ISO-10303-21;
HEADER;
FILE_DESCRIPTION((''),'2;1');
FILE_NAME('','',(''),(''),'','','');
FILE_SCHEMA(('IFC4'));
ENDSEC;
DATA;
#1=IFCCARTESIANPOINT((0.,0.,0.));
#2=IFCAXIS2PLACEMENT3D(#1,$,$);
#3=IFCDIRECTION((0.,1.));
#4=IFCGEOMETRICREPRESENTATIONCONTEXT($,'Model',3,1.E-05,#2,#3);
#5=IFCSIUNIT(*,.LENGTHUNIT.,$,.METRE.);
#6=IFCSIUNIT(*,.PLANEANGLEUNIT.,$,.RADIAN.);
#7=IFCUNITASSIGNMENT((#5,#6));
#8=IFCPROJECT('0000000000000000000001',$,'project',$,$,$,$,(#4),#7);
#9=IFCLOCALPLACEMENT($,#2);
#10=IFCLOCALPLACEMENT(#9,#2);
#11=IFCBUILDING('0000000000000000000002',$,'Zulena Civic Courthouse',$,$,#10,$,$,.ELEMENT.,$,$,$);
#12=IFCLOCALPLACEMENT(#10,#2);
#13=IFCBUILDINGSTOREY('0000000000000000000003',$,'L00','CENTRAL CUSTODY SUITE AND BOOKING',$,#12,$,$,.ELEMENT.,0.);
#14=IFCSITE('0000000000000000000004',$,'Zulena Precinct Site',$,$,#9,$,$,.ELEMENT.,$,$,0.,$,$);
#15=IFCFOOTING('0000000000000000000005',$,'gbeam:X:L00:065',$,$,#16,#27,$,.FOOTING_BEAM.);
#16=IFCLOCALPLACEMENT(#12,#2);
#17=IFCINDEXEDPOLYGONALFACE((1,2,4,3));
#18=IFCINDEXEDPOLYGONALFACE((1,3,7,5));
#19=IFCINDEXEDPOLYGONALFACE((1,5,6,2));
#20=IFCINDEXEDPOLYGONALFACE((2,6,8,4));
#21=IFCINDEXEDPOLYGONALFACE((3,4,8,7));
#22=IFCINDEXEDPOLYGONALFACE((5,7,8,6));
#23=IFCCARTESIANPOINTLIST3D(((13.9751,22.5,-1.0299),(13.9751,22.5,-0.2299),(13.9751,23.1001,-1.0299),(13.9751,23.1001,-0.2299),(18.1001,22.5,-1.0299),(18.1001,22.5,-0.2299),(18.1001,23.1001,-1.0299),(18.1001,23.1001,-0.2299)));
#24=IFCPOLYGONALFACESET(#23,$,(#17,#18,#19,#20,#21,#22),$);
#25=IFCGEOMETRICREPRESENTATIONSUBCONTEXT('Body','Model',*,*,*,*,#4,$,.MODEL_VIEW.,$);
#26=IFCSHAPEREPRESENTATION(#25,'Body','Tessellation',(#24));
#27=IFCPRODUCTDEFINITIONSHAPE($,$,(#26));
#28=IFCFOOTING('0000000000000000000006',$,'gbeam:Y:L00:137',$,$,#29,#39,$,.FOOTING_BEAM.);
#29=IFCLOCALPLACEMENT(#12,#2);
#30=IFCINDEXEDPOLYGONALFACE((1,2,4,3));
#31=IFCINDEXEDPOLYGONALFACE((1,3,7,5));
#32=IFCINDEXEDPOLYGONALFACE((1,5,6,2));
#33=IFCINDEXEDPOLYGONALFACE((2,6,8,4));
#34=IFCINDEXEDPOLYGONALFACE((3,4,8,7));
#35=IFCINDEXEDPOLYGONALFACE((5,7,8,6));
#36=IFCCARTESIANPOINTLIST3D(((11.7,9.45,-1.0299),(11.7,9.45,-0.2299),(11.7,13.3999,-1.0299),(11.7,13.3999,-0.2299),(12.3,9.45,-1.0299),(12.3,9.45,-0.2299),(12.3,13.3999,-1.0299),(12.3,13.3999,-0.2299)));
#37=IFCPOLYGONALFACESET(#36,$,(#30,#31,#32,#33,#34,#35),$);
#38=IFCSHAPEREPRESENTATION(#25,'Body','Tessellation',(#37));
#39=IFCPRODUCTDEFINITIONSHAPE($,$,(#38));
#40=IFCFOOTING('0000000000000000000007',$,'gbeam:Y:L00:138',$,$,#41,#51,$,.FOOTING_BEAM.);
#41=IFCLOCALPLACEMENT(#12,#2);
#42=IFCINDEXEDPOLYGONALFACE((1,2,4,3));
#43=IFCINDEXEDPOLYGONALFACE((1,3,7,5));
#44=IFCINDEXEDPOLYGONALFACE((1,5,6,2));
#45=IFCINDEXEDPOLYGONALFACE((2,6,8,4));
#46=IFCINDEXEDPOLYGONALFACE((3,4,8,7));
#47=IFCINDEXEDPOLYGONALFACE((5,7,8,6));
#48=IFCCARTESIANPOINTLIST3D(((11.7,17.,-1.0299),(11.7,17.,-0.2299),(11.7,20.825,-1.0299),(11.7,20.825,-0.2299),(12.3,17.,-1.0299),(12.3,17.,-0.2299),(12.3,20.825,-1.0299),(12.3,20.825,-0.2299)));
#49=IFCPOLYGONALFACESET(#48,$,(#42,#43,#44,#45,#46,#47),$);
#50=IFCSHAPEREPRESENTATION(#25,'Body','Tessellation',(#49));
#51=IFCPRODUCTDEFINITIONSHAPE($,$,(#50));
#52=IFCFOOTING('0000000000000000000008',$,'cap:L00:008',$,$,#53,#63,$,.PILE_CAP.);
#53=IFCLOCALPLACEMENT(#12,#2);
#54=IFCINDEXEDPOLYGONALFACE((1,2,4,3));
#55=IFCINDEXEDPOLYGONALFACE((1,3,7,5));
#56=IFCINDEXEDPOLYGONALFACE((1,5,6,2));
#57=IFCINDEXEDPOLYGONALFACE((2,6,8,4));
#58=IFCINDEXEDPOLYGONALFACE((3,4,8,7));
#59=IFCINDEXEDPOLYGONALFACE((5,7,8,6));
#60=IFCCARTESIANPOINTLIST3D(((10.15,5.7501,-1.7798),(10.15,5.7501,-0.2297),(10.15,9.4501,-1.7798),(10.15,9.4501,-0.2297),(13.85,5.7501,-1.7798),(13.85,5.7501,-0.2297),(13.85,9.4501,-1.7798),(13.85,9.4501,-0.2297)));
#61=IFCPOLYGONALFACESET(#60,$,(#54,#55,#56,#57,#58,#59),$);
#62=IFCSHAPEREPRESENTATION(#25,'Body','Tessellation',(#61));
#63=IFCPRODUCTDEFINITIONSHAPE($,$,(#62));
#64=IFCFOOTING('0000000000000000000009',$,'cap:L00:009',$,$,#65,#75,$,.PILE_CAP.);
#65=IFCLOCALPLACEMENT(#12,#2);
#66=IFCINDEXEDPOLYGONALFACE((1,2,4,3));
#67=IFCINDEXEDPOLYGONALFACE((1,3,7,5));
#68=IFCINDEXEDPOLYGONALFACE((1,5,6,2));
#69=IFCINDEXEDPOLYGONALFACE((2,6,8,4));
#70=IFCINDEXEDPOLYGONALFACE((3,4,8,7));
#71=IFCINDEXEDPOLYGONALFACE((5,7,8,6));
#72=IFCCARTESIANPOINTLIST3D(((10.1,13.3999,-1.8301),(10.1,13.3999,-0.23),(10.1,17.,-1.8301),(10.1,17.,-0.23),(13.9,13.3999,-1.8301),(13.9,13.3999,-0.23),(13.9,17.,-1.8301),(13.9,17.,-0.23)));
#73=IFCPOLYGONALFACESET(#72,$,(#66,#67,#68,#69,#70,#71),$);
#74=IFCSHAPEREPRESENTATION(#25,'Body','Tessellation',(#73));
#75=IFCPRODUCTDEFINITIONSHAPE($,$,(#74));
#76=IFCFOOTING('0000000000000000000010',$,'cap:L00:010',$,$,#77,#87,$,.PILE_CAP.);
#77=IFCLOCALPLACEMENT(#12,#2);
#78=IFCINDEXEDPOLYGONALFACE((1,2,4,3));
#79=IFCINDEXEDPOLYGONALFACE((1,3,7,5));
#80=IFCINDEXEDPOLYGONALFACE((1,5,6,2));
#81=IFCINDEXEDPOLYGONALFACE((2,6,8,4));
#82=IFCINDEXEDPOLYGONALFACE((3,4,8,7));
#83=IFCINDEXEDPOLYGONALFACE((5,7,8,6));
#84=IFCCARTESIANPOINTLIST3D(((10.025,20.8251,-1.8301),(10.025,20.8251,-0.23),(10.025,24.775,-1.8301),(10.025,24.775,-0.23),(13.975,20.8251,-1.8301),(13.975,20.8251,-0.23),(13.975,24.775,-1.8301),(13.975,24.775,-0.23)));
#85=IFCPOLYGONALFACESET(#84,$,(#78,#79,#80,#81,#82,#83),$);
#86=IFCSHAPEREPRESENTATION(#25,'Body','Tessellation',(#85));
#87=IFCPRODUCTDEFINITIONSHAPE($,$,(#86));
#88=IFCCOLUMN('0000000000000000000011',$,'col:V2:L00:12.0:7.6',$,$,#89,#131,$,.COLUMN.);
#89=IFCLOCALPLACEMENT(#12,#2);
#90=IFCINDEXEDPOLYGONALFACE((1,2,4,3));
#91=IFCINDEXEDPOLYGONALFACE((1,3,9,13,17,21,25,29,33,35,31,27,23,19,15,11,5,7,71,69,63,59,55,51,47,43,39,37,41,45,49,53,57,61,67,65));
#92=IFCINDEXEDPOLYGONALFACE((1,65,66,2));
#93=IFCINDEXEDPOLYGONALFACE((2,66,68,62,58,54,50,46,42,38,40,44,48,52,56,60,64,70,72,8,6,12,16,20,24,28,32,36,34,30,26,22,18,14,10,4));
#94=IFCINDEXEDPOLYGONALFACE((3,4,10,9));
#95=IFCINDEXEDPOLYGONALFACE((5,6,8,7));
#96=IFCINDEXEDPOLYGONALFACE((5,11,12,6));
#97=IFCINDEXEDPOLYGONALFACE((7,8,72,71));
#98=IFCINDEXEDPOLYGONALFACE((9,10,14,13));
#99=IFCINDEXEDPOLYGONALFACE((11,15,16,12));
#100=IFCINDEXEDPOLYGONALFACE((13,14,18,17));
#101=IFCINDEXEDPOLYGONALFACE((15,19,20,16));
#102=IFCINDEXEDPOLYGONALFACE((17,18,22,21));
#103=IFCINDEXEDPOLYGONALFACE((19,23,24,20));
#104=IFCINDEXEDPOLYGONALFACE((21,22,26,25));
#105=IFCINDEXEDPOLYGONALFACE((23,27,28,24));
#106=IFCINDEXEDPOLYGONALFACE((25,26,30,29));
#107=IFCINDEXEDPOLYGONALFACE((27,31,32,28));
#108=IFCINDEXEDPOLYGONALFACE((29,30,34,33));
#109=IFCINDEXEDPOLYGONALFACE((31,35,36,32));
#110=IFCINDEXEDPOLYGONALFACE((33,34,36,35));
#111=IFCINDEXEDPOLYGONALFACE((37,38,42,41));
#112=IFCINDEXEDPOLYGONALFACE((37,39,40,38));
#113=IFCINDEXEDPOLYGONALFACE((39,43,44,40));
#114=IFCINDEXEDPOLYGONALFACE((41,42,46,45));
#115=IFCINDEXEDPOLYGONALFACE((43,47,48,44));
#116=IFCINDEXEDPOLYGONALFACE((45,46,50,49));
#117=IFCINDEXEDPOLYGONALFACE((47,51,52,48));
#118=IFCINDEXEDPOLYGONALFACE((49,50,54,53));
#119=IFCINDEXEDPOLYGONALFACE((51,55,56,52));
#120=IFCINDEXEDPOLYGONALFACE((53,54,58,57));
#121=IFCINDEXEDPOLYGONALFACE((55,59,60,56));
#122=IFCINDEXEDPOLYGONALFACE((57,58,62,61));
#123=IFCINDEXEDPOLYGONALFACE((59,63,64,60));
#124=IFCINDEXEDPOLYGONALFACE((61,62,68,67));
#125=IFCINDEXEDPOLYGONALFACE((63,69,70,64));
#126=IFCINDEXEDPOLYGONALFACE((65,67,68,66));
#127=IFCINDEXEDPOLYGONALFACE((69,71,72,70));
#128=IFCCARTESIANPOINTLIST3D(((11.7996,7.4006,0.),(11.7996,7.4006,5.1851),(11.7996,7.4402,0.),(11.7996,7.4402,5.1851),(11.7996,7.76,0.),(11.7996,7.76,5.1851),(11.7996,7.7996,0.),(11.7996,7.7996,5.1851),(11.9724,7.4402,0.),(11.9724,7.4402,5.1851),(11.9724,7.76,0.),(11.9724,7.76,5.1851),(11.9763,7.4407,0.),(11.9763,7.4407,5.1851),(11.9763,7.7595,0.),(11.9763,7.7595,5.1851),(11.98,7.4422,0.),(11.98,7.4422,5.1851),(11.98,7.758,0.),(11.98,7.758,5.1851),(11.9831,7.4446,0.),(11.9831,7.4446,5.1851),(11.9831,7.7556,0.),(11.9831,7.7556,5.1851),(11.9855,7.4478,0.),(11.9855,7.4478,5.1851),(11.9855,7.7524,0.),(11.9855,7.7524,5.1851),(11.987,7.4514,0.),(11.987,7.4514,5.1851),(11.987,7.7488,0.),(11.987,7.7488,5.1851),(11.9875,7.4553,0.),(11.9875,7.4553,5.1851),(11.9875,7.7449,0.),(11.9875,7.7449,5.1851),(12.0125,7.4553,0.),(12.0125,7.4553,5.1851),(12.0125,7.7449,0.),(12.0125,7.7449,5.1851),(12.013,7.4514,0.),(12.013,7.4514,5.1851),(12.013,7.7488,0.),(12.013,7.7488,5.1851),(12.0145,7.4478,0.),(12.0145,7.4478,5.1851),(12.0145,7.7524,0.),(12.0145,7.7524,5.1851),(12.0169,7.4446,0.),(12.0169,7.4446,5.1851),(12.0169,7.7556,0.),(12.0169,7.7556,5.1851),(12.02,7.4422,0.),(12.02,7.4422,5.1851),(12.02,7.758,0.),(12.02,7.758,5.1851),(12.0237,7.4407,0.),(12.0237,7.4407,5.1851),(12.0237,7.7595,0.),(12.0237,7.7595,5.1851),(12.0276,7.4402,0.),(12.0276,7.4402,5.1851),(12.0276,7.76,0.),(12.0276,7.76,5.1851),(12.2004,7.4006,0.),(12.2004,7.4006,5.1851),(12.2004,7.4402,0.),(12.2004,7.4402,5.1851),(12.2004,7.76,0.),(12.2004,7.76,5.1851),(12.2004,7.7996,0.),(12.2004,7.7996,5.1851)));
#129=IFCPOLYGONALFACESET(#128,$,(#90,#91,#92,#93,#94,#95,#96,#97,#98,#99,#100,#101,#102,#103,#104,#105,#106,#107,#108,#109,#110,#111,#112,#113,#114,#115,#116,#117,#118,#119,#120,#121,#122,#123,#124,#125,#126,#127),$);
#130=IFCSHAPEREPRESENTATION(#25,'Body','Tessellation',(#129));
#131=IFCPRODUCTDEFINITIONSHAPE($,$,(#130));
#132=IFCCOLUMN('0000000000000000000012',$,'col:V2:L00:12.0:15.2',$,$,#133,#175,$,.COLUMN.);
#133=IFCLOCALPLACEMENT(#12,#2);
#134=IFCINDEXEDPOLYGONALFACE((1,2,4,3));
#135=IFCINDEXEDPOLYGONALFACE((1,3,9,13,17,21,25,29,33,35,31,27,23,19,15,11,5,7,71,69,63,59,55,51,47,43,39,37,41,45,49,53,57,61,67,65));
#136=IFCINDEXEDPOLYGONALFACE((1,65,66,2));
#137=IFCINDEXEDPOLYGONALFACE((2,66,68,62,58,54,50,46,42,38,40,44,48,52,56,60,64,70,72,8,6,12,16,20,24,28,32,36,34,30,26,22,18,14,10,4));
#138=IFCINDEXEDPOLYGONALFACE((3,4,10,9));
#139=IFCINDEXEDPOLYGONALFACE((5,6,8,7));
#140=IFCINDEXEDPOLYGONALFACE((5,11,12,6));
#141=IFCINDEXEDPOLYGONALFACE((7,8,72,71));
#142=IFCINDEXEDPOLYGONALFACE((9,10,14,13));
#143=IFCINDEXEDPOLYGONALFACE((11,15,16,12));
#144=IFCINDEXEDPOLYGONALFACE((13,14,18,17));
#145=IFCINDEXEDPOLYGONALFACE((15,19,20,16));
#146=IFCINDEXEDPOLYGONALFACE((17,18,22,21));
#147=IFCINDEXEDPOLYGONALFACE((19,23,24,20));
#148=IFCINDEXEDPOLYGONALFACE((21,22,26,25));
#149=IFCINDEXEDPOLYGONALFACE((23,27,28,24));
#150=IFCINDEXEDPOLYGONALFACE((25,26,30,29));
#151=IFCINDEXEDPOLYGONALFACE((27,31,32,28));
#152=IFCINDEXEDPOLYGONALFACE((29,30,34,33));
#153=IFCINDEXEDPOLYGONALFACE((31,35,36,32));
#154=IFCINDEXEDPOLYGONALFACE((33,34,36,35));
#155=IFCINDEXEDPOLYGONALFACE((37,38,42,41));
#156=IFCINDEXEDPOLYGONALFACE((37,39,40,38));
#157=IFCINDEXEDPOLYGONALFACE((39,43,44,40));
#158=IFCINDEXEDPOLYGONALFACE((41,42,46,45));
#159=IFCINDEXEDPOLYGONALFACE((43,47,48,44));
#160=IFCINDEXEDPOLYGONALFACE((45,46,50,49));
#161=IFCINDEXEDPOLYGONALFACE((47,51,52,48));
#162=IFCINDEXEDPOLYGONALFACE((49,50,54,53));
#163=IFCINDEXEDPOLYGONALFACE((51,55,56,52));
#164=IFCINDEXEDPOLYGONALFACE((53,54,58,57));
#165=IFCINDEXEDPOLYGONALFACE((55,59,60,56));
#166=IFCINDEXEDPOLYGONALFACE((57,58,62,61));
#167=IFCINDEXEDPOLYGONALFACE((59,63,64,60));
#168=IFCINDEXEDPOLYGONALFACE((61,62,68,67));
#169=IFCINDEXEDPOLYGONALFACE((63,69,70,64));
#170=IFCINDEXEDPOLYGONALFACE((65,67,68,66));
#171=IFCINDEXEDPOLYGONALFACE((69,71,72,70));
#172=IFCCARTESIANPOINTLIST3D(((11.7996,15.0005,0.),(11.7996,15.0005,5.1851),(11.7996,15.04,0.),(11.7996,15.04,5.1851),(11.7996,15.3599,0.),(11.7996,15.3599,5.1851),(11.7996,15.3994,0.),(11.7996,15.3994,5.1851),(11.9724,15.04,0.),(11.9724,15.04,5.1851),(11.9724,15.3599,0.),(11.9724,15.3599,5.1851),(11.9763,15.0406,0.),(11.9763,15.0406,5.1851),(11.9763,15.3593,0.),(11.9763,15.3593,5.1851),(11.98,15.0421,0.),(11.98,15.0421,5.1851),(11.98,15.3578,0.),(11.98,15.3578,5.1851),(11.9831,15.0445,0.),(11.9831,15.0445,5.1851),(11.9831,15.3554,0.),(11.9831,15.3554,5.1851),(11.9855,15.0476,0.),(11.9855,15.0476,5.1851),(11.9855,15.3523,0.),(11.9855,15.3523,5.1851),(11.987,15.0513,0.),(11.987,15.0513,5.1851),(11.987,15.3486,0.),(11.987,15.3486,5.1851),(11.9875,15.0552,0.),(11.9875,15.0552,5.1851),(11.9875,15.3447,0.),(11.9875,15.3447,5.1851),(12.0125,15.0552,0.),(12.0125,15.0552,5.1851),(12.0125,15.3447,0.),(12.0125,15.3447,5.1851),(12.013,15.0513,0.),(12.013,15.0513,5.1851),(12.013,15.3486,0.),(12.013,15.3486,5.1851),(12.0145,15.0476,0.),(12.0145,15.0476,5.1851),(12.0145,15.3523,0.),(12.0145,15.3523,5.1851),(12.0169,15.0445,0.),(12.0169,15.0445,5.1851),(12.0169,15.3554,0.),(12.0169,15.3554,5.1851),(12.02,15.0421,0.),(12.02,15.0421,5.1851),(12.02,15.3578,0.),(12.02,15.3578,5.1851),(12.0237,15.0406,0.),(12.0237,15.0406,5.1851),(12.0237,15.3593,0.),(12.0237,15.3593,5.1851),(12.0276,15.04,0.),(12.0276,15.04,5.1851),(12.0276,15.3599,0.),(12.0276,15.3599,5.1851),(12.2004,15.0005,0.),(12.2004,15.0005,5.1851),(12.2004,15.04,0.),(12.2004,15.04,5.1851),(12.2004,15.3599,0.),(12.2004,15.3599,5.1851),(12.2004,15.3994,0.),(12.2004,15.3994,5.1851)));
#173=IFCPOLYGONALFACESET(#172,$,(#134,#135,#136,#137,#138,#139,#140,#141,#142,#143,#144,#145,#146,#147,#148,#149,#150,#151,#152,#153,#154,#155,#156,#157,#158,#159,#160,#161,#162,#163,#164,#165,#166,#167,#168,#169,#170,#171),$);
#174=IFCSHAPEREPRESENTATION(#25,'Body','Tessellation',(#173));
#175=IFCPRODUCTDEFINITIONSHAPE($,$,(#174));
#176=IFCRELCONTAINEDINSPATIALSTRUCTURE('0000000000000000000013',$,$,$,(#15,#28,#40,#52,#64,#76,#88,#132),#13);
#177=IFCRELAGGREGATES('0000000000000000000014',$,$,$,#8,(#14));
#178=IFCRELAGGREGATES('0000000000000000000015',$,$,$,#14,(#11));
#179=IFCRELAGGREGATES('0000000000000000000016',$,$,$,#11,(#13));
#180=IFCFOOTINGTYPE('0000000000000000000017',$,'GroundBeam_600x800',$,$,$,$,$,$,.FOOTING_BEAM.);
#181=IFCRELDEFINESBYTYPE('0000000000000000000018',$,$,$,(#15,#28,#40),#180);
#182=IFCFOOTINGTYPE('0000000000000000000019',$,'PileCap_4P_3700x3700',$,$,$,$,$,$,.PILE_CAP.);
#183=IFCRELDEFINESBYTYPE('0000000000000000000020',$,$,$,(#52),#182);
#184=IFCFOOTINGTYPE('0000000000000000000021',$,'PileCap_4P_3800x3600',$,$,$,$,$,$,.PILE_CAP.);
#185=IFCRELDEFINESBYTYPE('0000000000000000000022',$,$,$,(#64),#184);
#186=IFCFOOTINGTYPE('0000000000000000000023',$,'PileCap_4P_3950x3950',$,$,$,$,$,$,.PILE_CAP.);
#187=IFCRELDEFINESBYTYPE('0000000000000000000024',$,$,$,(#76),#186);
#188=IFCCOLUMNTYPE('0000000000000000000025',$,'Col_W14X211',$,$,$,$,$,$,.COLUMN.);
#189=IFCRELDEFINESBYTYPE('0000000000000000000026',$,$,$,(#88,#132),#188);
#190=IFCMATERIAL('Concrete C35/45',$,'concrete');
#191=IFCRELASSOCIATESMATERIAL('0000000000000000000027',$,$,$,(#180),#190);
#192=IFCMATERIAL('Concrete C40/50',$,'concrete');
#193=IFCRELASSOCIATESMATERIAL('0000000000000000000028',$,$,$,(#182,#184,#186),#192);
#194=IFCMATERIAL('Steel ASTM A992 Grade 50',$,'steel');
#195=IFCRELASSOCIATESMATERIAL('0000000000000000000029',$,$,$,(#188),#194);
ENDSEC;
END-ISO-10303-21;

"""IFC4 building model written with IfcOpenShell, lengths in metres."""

from ifc_helpers import new_model, si_unit, direction, frame, origin, origin_2d, place, context, subcontext, project, spatial, rectangle, i_section, extrude, material, material_profile, profile_set, type_object, element, save


model = new_model("IFC4")

# Units and contexts
model_context = context("Model", 3, precision=1e-05, world=origin(), true_north=direction((0.0, 1.0)))
body_context = subcontext(model_context, "Body", "Model", "MODEL_VIEW")
ifc_project = project(units=[si_unit("LENGTHUNIT", "METRE"), si_unit("PLANEANGLEUNIT", "RADIAN")], contexts=[model_context])

# Site, building, storey
site_placement = place(None, origin())
site = spatial("IfcSite", under=ifc_project, at=site_placement, Name="Zulena Precinct Site", CompositionType="ELEMENT", RefElevation=0.0)
building_placement = place(site_placement, origin())
building = spatial("IfcBuilding", under=site, at=building_placement, Name="Zulena Civic Courthouse", CompositionType="ELEMENT")
storey_placement = place(building_placement, origin())
storey = spatial("IfcBuildingStorey", under=building, at=storey_placement, Name="L00", Description="CENTRAL CUSTODY SUITE AND BOOKING", CompositionType="ELEMENT", Elevation=0.0)

# Shared definitions
ifc_material_1 = material(Name="Concrete C40/50", Category="concrete")

# Footings
ifc_material_2 = material(Name="Concrete C35/45", Category="concrete")
ifc_material_profile_1 = material_profile(ifc_material_2, rectangle(XDim=0.6001, YDim=0.8, at=origin_2d()), Name="RC600X800")
ifc_profile_set_1 = profile_set([ifc_material_profile_1], Name="Concrete C35/45")
footing_type_1 = type_object("IfcFootingType", Name="GroundBeam_600x800", PredefinedType="FOOTING_BEAM", material=ifc_profile_set_1)
footing_1_placement = place(storey_placement, frame((13.9751, 22.8, -0.6299), z_axis=(1.0, 0.0, 0.0), x_axis=(0.0, 1.0, 0.0)))
element("IfcFooting", 1, at=footing_1_placement, inside=storey, type_object=footing_type_1, Name="gbeam:X:L00:065", PredefinedType="FOOTING_BEAM", context=body_context, shape_type="SweptSolid", body=[
    extrude(rectangle(XDim=0.6001, YDim=0.8, at=origin_2d()), origin(), (0.0, 0.0, 1.0), 4.125),
])
footing_2_placement = place(storey_placement, frame((12.0, 9.45, -0.6299), z_axis=(0.0, 1.0, 0.0), x_axis=(-1.0, 0.0, 0.0)))
element("IfcFooting", 2, at=footing_2_placement, inside=storey, type_object=footing_type_1, Name="gbeam:Y:L00:137", PredefinedType="FOOTING_BEAM", context=body_context, shape_type="SweptSolid", body=[
    extrude(rectangle(XDim=0.6001, YDim=0.8, at=origin_2d()), origin(), (0.0, 0.0, 1.0), 3.95),
])
footing_3_placement = place(storey_placement, frame((12.0, 17.0, -0.6299), z_axis=(0.0, 1.0, 0.0), x_axis=(-1.0, 0.0, 0.0)))
element("IfcFooting", 3, at=footing_3_placement, inside=storey, type_object=footing_type_1, Name="gbeam:Y:L00:138", PredefinedType="FOOTING_BEAM", context=body_context, shape_type="SweptSolid", body=[
    extrude(rectangle(XDim=0.6001, YDim=0.8, at=origin_2d()), origin(), (0.0, 0.0, 1.0), 3.825),
])
footing_type_2 = type_object("IfcFootingType", Name="PileCap_4P_3700x3700", PredefinedType="PILE_CAP", material=ifc_material_1)
footing_4_placement = place(storey_placement, frame((12.0, 7.6001, -1.7798), z_axis=(0.0, 0.0, 1.0), x_axis=(1.0, 0.0, 0.0)))
element("IfcFooting", 4, at=footing_4_placement, inside=storey, type_object=footing_type_2, Name="cap:L00:008", PredefinedType="PILE_CAP", context=body_context, shape_type="SweptSolid", body=[
    extrude(rectangle(XDim=3.7, YDim=3.7, at=origin_2d()), origin(), (0.0, 0.0, 1.0), 1.55),
])
footing_type_3 = type_object("IfcFootingType", Name="PileCap_4P_3800x3600", PredefinedType="PILE_CAP", material=ifc_material_1)
footing_5_placement = place(storey_placement, frame((12.0, 15.2, -1.8301), z_axis=(0.0, 0.0, 1.0), x_axis=(1.0, 0.0, 0.0)))
element("IfcFooting", 5, at=footing_5_placement, inside=storey, type_object=footing_type_3, Name="cap:L00:009", PredefinedType="PILE_CAP", context=body_context, shape_type="SweptSolid", body=[
    extrude(rectangle(XDim=3.8, YDim=3.6001, at=origin_2d()), origin(), (0.0, 0.0, 1.0), 1.6001),
])
footing_type_4 = type_object("IfcFootingType", Name="PileCap_4P_3950x3950", PredefinedType="PILE_CAP", material=ifc_material_1)
footing_6_placement = place(storey_placement, frame((12.0, 22.8, -1.8301), z_axis=(0.0, 0.0, 1.0), x_axis=(1.0, 0.0, 0.0)))
element("IfcFooting", 6, at=footing_6_placement, inside=storey, type_object=footing_type_4, Name="cap:L00:010", PredefinedType="PILE_CAP", context=body_context, shape_type="SweptSolid", body=[
    extrude(rectangle(XDim=3.95, YDim=3.95, at=origin_2d()), origin(), (0.0, 0.0, 1.0), 1.6001),
])

# Columns
ifc_material_3 = material(Name="Steel ASTM A992 Grade 50", Category="steel")
ifc_material_profile_2 = material_profile(ifc_material_3, i_section(OverallWidth=0.4009, OverallDepth=0.3989, WebThickness=0.0249, FlangeThickness=0.0396, FilletRadius=0.0151, at=origin_2d()), Name="W14X211")
ifc_profile_set_2 = profile_set([ifc_material_profile_2], Name="Steel ASTM A992 Grade 50")
column_type_1 = type_object("IfcColumnType", Name="Col_W14X211", PredefinedType="COLUMN", material=ifc_profile_set_2)
for number, where, z_axis, x_axis, name in (
    (7, (12.0, 7.6001, 0.0), (0.0, 0.0, 1.0), (1.0, 0.0, 0.0), "col:V2:L00:12.0:7.6"),
    (8, (12.0, 15.2, 0.0), (0.0, 0.0, 1.0), (1.0, 0.0, 0.0), "col:V2:L00:12.0:15.2"),
):
    element("IfcColumn", number, at=place(storey_placement, frame(where, z_axis=z_axis, x_axis=x_axis)), inside=storey, type_object=column_type_1, Name=name, PredefinedType="COLUMN", context=body_context, shape_type="SweptSolid", body=[
        extrude(i_section(OverallWidth=0.4009, OverallDepth=0.3989, WebThickness=0.0249, FlangeThickness=0.0396, FilletRadius=0.0151, at=origin_2d()), origin(), (0.0, 0.0, 1.0), 5.1851),
    ])

save(model, "model.ifc")
